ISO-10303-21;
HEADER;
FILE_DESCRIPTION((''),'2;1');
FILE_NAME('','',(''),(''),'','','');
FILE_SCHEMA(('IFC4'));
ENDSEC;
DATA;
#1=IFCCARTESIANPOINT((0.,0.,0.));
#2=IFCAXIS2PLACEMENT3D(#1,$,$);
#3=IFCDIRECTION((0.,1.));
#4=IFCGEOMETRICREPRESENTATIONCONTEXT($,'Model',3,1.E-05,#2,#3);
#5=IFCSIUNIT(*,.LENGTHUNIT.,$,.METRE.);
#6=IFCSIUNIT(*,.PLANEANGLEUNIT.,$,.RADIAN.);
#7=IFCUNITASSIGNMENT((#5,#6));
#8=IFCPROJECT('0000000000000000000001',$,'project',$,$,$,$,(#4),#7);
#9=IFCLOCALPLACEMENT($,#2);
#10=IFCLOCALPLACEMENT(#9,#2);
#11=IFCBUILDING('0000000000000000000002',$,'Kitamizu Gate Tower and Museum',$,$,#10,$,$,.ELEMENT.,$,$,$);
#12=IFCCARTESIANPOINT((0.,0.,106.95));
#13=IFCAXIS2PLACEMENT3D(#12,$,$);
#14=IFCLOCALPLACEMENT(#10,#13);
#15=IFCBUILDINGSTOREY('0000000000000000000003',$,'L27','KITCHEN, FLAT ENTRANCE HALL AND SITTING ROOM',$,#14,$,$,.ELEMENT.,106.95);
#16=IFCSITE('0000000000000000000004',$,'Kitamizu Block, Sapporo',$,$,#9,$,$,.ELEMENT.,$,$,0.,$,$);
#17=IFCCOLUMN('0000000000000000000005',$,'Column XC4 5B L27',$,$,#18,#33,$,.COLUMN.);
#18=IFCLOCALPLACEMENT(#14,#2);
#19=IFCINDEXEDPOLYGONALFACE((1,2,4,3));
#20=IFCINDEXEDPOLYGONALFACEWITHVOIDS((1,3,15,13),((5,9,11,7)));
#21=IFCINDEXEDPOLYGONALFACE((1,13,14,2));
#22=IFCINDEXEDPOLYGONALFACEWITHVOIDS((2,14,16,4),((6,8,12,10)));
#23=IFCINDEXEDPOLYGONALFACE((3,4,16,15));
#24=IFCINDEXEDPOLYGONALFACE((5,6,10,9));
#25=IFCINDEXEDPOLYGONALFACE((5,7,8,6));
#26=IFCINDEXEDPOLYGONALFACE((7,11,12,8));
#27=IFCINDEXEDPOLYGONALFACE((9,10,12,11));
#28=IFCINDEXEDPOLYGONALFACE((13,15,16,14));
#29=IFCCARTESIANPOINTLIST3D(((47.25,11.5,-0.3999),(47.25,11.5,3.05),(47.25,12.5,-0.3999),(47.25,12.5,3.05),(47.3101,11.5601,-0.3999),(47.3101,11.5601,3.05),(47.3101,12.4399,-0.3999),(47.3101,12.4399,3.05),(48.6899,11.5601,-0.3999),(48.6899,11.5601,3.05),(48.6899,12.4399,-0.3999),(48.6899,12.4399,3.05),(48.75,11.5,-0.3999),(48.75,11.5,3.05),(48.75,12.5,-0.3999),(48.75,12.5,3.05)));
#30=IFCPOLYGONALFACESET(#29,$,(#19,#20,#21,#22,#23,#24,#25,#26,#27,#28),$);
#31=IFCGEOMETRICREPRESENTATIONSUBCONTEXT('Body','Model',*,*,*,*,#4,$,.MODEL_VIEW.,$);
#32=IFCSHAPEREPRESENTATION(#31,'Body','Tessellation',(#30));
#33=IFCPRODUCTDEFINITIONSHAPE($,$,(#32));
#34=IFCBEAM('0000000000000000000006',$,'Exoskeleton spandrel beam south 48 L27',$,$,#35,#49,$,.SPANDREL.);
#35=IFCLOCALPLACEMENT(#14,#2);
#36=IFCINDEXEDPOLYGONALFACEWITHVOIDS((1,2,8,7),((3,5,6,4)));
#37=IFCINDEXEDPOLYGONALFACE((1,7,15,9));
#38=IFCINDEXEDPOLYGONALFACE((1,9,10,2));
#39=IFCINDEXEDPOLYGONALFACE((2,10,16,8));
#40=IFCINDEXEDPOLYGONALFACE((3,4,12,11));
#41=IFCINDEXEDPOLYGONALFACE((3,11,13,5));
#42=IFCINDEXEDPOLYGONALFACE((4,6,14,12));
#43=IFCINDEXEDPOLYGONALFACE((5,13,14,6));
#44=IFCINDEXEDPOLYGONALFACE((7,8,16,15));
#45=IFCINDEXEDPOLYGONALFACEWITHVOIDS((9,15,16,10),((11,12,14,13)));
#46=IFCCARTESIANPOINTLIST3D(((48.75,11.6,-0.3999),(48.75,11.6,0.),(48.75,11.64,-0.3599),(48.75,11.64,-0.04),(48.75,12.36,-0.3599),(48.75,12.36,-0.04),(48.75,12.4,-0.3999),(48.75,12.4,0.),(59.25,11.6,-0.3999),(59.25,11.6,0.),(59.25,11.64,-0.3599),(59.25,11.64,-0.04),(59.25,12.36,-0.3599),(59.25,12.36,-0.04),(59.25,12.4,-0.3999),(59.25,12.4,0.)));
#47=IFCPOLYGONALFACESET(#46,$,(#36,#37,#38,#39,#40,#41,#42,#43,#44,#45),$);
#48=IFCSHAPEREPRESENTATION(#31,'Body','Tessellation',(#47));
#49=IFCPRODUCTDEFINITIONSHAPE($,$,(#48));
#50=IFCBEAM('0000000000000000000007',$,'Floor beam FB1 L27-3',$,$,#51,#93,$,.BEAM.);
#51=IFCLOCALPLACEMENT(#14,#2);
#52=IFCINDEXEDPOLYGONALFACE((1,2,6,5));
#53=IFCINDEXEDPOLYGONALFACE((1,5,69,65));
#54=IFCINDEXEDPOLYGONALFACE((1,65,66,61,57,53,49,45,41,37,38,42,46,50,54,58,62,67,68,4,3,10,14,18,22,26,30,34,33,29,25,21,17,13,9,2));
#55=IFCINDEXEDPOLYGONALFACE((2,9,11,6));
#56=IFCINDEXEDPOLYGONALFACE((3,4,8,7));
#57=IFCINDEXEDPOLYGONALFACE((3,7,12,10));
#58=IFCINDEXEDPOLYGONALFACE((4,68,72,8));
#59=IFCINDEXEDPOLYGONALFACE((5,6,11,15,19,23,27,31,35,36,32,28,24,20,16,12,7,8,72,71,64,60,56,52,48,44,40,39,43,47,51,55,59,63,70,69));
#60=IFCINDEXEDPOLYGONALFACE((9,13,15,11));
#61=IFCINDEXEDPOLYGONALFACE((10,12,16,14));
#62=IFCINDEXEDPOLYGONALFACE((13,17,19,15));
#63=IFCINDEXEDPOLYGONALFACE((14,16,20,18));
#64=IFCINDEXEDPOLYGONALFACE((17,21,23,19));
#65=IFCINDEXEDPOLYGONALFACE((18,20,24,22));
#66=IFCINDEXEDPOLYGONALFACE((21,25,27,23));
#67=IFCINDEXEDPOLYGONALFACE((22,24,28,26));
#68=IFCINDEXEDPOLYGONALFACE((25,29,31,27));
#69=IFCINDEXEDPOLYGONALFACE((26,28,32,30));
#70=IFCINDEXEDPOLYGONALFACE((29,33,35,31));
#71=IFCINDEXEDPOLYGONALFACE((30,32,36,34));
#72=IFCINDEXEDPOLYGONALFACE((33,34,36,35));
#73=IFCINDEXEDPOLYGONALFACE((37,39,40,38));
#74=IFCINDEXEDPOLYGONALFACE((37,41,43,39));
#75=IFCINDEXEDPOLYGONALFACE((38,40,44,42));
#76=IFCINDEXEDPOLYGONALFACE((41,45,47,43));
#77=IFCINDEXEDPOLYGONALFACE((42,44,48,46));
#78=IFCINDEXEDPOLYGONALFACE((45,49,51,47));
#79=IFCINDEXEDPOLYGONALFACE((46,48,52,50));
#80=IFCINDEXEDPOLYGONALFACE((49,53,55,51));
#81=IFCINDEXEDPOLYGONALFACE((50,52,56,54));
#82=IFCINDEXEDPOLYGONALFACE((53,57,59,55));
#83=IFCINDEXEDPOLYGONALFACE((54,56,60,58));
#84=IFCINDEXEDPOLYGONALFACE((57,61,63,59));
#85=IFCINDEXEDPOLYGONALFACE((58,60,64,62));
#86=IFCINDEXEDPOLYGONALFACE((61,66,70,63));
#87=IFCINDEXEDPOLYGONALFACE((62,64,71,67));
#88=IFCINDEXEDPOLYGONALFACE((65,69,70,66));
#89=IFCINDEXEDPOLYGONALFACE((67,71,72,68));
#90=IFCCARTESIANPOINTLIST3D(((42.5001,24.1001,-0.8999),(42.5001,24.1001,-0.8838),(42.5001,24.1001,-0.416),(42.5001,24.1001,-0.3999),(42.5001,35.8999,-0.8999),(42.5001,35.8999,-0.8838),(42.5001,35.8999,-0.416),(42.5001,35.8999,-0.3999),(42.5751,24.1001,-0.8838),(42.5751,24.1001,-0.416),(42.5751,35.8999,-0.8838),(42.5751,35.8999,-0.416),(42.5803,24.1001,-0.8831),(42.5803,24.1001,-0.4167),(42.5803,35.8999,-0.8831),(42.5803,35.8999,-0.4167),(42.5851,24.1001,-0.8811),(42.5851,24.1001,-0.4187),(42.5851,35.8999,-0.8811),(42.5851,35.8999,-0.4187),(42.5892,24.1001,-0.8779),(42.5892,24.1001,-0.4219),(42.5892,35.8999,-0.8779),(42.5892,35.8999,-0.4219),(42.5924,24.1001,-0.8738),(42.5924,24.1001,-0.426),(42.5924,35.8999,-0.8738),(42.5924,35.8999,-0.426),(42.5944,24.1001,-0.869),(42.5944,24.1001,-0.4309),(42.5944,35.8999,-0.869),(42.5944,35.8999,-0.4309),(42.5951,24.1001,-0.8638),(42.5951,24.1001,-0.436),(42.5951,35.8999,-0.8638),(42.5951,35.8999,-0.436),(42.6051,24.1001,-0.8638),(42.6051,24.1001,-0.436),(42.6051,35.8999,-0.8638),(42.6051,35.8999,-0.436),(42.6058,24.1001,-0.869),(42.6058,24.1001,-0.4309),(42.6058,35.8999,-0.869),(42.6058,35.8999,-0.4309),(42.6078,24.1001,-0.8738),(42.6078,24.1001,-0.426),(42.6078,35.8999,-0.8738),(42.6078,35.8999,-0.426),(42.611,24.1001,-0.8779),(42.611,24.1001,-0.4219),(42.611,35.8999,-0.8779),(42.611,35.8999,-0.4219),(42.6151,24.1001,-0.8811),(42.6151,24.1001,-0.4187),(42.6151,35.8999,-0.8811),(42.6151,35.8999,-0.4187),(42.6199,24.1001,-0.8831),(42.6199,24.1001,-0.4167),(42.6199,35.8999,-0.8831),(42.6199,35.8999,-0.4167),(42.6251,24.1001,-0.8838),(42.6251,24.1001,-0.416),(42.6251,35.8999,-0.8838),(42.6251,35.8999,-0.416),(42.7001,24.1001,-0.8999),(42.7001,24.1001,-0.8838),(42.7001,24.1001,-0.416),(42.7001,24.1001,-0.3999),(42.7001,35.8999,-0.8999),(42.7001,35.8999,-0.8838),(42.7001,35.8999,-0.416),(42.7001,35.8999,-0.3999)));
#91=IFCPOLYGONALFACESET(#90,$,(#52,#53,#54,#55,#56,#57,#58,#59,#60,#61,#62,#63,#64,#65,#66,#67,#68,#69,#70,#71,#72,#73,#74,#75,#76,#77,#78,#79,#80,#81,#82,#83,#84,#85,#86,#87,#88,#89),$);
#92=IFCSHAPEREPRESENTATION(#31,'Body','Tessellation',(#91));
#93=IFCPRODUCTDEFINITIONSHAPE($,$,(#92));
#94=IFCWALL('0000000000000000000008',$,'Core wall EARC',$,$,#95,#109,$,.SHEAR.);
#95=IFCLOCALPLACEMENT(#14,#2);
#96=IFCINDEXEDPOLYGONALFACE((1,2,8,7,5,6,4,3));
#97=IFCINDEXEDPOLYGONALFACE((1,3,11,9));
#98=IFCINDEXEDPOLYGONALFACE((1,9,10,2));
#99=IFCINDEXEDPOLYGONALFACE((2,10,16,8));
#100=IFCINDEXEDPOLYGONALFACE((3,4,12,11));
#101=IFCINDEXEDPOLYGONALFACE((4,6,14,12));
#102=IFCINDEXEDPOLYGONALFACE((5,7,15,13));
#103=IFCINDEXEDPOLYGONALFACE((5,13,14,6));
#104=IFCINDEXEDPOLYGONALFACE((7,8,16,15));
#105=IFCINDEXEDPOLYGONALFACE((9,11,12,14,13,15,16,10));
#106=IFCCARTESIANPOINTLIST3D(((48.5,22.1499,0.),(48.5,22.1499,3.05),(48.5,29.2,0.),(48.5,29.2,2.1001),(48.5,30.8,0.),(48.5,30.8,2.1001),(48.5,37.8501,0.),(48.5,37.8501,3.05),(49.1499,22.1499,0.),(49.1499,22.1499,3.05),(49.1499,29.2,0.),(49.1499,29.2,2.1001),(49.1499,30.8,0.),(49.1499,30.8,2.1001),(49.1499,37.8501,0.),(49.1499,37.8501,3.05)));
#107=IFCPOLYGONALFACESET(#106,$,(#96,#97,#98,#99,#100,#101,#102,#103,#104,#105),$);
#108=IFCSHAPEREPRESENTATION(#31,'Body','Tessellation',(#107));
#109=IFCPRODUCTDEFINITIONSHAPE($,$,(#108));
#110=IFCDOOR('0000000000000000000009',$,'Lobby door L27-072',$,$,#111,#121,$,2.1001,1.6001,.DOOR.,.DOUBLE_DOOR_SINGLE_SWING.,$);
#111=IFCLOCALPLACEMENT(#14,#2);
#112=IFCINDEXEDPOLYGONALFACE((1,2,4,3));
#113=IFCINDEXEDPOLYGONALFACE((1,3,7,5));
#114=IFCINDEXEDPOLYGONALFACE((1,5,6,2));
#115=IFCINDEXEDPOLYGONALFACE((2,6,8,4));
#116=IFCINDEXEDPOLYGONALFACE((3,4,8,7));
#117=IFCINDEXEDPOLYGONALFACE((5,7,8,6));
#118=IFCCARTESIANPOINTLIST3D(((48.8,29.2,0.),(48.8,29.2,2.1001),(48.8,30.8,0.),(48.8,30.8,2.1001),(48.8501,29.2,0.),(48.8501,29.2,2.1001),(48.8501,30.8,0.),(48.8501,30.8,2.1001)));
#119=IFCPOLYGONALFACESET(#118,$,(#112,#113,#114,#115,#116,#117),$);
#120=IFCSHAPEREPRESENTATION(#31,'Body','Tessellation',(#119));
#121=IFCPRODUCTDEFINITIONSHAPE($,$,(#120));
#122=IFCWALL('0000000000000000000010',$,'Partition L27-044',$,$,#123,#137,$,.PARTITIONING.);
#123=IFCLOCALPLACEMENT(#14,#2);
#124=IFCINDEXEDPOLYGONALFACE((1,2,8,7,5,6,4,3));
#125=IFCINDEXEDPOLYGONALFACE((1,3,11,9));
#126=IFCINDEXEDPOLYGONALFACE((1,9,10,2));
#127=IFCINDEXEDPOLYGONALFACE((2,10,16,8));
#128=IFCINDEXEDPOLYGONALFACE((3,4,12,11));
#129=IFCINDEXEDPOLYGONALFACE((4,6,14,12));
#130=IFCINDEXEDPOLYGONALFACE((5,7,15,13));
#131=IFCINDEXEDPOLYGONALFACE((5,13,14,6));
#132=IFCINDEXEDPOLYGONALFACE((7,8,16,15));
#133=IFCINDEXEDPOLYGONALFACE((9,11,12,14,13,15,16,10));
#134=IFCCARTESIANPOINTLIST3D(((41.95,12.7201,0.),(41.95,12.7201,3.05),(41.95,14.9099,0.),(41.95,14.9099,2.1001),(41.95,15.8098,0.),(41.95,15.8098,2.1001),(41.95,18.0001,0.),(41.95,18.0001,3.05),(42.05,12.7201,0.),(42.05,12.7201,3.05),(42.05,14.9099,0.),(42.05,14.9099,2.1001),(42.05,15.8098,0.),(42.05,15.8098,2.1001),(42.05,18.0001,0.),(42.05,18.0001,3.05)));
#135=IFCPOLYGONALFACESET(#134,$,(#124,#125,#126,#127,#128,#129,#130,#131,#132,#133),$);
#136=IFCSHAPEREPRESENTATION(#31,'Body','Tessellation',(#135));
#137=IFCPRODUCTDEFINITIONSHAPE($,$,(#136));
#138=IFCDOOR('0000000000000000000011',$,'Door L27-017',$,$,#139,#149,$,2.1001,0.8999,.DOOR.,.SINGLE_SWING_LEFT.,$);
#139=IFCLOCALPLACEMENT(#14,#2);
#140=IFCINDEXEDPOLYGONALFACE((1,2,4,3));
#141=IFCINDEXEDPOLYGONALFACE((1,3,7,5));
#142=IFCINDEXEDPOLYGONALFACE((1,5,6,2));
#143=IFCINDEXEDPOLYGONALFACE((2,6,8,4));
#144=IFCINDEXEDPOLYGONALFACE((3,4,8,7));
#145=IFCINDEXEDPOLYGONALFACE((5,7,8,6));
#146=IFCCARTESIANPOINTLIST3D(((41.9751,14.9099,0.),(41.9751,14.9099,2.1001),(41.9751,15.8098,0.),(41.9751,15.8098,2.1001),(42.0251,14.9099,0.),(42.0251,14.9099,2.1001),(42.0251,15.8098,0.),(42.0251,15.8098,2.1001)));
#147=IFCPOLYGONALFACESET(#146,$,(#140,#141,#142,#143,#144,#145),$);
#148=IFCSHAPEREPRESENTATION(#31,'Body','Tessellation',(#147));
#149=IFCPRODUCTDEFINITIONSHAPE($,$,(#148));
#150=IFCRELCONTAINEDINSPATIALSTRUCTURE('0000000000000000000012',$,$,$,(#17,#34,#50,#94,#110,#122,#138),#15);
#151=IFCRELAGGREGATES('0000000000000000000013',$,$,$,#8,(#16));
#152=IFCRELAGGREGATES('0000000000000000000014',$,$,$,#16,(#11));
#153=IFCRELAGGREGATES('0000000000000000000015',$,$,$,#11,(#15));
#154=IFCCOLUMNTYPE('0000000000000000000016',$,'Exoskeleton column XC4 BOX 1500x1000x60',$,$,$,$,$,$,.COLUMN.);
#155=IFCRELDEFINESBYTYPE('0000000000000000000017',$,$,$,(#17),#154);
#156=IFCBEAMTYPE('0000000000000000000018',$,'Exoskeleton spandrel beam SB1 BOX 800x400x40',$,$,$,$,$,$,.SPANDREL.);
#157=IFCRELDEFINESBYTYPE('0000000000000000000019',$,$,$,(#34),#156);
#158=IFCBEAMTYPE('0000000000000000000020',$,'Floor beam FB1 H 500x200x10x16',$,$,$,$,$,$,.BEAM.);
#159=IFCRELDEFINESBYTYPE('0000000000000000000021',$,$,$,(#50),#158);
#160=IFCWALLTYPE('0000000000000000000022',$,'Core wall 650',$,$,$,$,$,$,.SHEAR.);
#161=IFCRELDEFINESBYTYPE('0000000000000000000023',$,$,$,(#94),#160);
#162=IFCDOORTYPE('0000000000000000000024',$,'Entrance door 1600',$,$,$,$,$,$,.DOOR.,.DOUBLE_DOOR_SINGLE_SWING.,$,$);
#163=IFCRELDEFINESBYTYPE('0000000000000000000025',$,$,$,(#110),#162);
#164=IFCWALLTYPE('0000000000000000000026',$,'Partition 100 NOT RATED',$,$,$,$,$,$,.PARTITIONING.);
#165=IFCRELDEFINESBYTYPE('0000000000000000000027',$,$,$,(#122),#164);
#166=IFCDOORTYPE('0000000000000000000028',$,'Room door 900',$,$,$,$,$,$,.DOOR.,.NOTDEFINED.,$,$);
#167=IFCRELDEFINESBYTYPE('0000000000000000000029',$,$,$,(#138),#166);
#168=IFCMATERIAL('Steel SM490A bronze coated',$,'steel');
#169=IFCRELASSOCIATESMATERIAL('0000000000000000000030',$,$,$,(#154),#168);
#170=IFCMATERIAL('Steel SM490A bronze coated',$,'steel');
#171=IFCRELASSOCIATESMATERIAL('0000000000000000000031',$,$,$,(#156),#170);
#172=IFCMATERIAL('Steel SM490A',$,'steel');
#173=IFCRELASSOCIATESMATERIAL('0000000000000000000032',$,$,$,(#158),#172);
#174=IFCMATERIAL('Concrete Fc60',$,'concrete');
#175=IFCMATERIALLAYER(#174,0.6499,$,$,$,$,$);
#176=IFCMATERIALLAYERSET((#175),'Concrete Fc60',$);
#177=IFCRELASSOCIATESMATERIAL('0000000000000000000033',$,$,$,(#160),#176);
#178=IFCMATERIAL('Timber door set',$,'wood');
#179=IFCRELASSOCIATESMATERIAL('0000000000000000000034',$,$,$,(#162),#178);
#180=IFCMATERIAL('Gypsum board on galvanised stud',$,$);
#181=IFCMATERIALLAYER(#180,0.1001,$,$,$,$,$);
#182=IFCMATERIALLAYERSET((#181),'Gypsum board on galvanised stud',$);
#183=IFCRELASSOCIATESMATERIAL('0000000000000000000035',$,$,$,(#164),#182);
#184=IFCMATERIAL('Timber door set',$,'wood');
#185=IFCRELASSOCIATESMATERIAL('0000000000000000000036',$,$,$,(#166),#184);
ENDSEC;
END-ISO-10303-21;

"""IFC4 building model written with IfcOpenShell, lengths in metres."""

from ifc_helpers import new_model, si_unit, direction, frame, frame_2d, origin, origin_2d, place, context, subcontext, project, spatial, rectangle, hollow_rectangle, i_section, extrude, material, layer, layer_set, material_profile, profile_set, type_object, element, fill, save


model = new_model("IFC4")

# Units and contexts
model_context = context("Model", 3, precision=1e-05, world=origin(), true_north=direction((0.0, 1.0)))
body_context = subcontext(model_context, "Body", "Model", "MODEL_VIEW")
ifc_project = project(units=[si_unit("LENGTHUNIT", "METRE"), si_unit("PLANEANGLEUNIT", "RADIAN")], contexts=[model_context])

# Site, building, storey
site_placement = place(None, origin())
site = spatial("IfcSite", under=ifc_project, at=site_placement, Name="Kitamizu Block, Sapporo", CompositionType="ELEMENT", RefElevation=0.0)
building_placement = place(site_placement, origin())
building = spatial("IfcBuilding", under=site, at=building_placement, Name="Kitamizu Gate Tower and Museum", CompositionType="ELEMENT")
storey_placement = place(building_placement, frame((0.0, 0.0, 106.95)))
storey = spatial("IfcBuildingStorey", under=building, at=storey_placement, Name="L27", Description="KITCHEN, FLAT ENTRANCE HALL AND SITTING ROOM", CompositionType="ELEMENT", Elevation=106.95)

# Column
ifc_material_1 = material(Name="Steel SM490A bronze coated", Category="steel")
ifc_material_profile_1 = material_profile(ifc_material_1, hollow_rectangle(XDim=1.5, YDim=1.0, WallThickness=0.0601, at=origin_2d()), Name="BOX 1500x1000x60")
ifc_profile_set_1 = profile_set([ifc_material_profile_1], Name="Steel SM490A bronze coated")
column_type = type_object("IfcColumnType", Name="Exoskeleton column XC4 BOX 1500x1000x60", PredefinedType="COLUMN", material=ifc_profile_set_1)
column_placement = place(storey_placement, frame((48.0, 12.0, -0.3999), z_axis=(0.0, 0.0, 1.0), x_axis=(1.0, 0.0, 0.0)))
element("IfcColumn", 1, at=column_placement, inside=storey, type_object=column_type, Name="Column XC4 5B L27", PredefinedType="COLUMN", context=body_context, shape_type="SweptSolid", body=[
    extrude(hollow_rectangle(XDim=1.5, YDim=1.0, WallThickness=0.0601, at=origin_2d()), origin(), (0.0, 0.0, 1.0), 3.45),
])

# Beams
ifc_material_2 = material(Name="Steel SM490A bronze coated", Category="steel")
ifc_material_profile_2 = material_profile(ifc_material_2, hollow_rectangle(XDim=0.8, YDim=0.3999, WallThickness=0.04, at=origin_2d()), Name="BOX 800x400x40")
ifc_profile_set_2 = profile_set([ifc_material_profile_2], Name="Steel SM490A bronze coated")
beam_type_1 = type_object("IfcBeamType", Name="Exoskeleton spandrel beam SB1 BOX 800x400x40", PredefinedType="SPANDREL", material=ifc_profile_set_2)
beam_1_placement = place(storey_placement, frame((48.75, 12.0, -0.2), z_axis=(1.0, 0.0, 0.0), x_axis=(0.0, 1.0, 0.0)))
element("IfcBeam", 2, at=beam_1_placement, inside=storey, type_object=beam_type_1, Name="Exoskeleton spandrel beam south 48 L27", PredefinedType="SPANDREL", context=body_context, shape_type="SweptSolid", body=[
    extrude(hollow_rectangle(XDim=0.8, YDim=0.3999, WallThickness=0.04, at=origin_2d()), origin(), (0.0, 0.0, 1.0), 10.5),
])
ifc_material_3 = material(Name="Steel SM490A", Category="steel")
ifc_material_profile_3 = material_profile(ifc_material_3, i_section(OverallWidth=0.2, OverallDepth=0.5, WebThickness=0.01, FlangeThickness=0.0161, FilletRadius=0.02, at=origin_2d()), Name="H-500x200x10x16")
ifc_profile_set_3 = profile_set([ifc_material_profile_3], Name="Steel SM490A")
beam_type_2 = type_object("IfcBeamType", Name="Floor beam FB1 H 500x200x10x16", PredefinedType="BEAM", material=ifc_profile_set_3)
beam_2_placement = place(storey_placement, frame((42.6001, 24.1001, -0.6499), z_axis=(0.0, 1.0, 0.0), x_axis=(-1.0, 0.0, 0.0)))
element("IfcBeam", 3, at=beam_2_placement, inside=storey, type_object=beam_type_2, Name="Floor beam FB1 L27-3", PredefinedType="BEAM", context=body_context, shape_type="SweptSolid", body=[
    extrude(i_section(OverallWidth=0.2, OverallDepth=0.5, WebThickness=0.01, FlangeThickness=0.0161, FilletRadius=0.02, at=origin_2d()), origin(), (0.0, 0.0, 1.0), 11.7998),
])

# Walls, openings, doors
ifc_material_4 = material(Name="Concrete Fc60", Category="concrete")
ifc_layer_1 = layer(ifc_material_4, 0.6499)
ifc_layer_set_1 = layer_set([ifc_layer_1], Name="Concrete Fc60")
wall_type_1 = type_object("IfcWallType", Name="Core wall 650", PredefinedType="SHEAR", material=ifc_layer_set_1)
wall_1_placement = place(storey_placement, frame((48.825, 22.1499, 0.0), z_axis=(0.0, 0.0, 1.0), x_axis=(0.0, 1.0, 0.0)))
wall_1 = element("IfcWall", 4, at=wall_1_placement, inside=storey, type_object=wall_type_1, Name="Core wall EARC", PredefinedType="SHEAR", context=body_context, shape_type="SweptSolid", body=[
    extrude(rectangle(XDim=15.7002, YDim=0.6499, at=frame_2d((7.8501, 0.0))), origin(), (0.0, 0.0, 1.0), 3.05),
])
opening_1_placement = place(wall_1_placement, frame((7.05, 0.0, 0.0)))
opening_1 = element("IfcOpeningElement", 5, at=opening_1_placement, cuts=wall_1, PredefinedType="OPENING", context=body_context, shape_type="SweptSolid", body=[
    extrude(rectangle(XDim=1.6001, YDim=2.1001, at=frame_2d((0.8, 1.05))), frame((0.0, 0.335, 0.0), z_axis=(0.0, -1.0, 0.0), x_axis=(1.0, 0.0, 0.0)), (0.0, 0.0, 1.0), 0.6699),
])
ifc_material_5 = material(Name="Timber door set", Category="wood")
door_type_1 = type_object("IfcDoorType", Name="Entrance door 1600", OperationType="DOUBLE_DOOR_SINGLE_SWING", PredefinedType="DOOR", material=ifc_material_5)
door_1_placement = place(opening_1_placement, origin())
door_1 = element("IfcDoor", 6, at=door_1_placement, inside=storey, type_object=door_type_1, Name="Lobby door L27-072", OperationType="DOUBLE_DOOR_SINGLE_SWING", OverallHeight=2.1001, OverallWidth=1.6001, PredefinedType="DOOR", context=body_context, shape_type="SweptSolid", body=[
    extrude(rectangle(XDim=1.6001, YDim=2.1001, at=frame_2d((0.8, 1.05))), frame((0.0, 0.0249, 0.0), z_axis=(0.0, -1.0, 0.0), x_axis=(1.0, 0.0, 0.0)), (0.0, 0.0, 1.0), 0.05),
])
fill(opening_1, door_1)
ifc_material_6 = material(Name="Gypsum board on galvanised stud")
ifc_layer_2 = layer(ifc_material_6, 0.1001)
ifc_layer_set_2 = layer_set([ifc_layer_2], Name="Gypsum board on galvanised stud")
wall_type_2 = type_object("IfcWallType", Name="Partition 100 NOT RATED", PredefinedType="PARTITIONING", material=ifc_layer_set_2)
wall_2_placement = place(storey_placement, frame((42.0, 12.72, 0.0), z_axis=(0.0, 0.0, 1.0), x_axis=(0.0, 1.0, 0.0)))
wall_2 = element("IfcWall", 7, at=wall_2_placement, inside=storey, type_object=wall_type_2, Name="Partition L27-044", PredefinedType="PARTITIONING", context=body_context, shape_type="SweptSolid", body=[
    extrude(rectangle(XDim=5.28, YDim=0.1001, at=frame_2d((2.6401, 0.0))), origin(), (0.0, 0.0, 1.0), 3.05),
])
opening_2_placement = place(wall_2_placement, frame((2.1899, 0.0, 0.0)))
opening_2 = element("IfcOpeningElement", 8, at=opening_2_placement, cuts=wall_2, PredefinedType="OPENING", context=body_context, shape_type="SweptSolid", body=[
    extrude(rectangle(XDim=0.8999, YDim=2.1001, at=frame_2d((0.45, 1.05))), frame((0.0, 0.0601, 0.0), z_axis=(0.0, -1.0, 0.0), x_axis=(1.0, 0.0, 0.0)), (0.0, 0.0, 1.0), 0.1201),
])
ifc_material_7 = material(Name="Timber door set", Category="wood")
door_type_2 = type_object("IfcDoorType", Name="Room door 900", OperationType="NOTDEFINED", PredefinedType="DOOR", material=ifc_material_7)
door_2_placement = place(opening_2_placement, origin())
door_2 = element("IfcDoor", 9, at=door_2_placement, inside=storey, type_object=door_type_2, Name="Door L27-017", OperationType="SINGLE_SWING_LEFT", OverallHeight=2.1001, OverallWidth=0.8999, PredefinedType="DOOR", context=body_context, shape_type="SweptSolid", body=[
    extrude(rectangle(XDim=0.8999, YDim=2.1001, at=frame_2d((0.45, 1.05))), frame((0.0, 0.0249, 0.0), z_axis=(0.0, -1.0, 0.0), x_axis=(1.0, 0.0, 0.0)), (0.0, 0.0, 1.0), 0.05),
])
fill(opening_2, door_2)

save(model, "model.ifc")
